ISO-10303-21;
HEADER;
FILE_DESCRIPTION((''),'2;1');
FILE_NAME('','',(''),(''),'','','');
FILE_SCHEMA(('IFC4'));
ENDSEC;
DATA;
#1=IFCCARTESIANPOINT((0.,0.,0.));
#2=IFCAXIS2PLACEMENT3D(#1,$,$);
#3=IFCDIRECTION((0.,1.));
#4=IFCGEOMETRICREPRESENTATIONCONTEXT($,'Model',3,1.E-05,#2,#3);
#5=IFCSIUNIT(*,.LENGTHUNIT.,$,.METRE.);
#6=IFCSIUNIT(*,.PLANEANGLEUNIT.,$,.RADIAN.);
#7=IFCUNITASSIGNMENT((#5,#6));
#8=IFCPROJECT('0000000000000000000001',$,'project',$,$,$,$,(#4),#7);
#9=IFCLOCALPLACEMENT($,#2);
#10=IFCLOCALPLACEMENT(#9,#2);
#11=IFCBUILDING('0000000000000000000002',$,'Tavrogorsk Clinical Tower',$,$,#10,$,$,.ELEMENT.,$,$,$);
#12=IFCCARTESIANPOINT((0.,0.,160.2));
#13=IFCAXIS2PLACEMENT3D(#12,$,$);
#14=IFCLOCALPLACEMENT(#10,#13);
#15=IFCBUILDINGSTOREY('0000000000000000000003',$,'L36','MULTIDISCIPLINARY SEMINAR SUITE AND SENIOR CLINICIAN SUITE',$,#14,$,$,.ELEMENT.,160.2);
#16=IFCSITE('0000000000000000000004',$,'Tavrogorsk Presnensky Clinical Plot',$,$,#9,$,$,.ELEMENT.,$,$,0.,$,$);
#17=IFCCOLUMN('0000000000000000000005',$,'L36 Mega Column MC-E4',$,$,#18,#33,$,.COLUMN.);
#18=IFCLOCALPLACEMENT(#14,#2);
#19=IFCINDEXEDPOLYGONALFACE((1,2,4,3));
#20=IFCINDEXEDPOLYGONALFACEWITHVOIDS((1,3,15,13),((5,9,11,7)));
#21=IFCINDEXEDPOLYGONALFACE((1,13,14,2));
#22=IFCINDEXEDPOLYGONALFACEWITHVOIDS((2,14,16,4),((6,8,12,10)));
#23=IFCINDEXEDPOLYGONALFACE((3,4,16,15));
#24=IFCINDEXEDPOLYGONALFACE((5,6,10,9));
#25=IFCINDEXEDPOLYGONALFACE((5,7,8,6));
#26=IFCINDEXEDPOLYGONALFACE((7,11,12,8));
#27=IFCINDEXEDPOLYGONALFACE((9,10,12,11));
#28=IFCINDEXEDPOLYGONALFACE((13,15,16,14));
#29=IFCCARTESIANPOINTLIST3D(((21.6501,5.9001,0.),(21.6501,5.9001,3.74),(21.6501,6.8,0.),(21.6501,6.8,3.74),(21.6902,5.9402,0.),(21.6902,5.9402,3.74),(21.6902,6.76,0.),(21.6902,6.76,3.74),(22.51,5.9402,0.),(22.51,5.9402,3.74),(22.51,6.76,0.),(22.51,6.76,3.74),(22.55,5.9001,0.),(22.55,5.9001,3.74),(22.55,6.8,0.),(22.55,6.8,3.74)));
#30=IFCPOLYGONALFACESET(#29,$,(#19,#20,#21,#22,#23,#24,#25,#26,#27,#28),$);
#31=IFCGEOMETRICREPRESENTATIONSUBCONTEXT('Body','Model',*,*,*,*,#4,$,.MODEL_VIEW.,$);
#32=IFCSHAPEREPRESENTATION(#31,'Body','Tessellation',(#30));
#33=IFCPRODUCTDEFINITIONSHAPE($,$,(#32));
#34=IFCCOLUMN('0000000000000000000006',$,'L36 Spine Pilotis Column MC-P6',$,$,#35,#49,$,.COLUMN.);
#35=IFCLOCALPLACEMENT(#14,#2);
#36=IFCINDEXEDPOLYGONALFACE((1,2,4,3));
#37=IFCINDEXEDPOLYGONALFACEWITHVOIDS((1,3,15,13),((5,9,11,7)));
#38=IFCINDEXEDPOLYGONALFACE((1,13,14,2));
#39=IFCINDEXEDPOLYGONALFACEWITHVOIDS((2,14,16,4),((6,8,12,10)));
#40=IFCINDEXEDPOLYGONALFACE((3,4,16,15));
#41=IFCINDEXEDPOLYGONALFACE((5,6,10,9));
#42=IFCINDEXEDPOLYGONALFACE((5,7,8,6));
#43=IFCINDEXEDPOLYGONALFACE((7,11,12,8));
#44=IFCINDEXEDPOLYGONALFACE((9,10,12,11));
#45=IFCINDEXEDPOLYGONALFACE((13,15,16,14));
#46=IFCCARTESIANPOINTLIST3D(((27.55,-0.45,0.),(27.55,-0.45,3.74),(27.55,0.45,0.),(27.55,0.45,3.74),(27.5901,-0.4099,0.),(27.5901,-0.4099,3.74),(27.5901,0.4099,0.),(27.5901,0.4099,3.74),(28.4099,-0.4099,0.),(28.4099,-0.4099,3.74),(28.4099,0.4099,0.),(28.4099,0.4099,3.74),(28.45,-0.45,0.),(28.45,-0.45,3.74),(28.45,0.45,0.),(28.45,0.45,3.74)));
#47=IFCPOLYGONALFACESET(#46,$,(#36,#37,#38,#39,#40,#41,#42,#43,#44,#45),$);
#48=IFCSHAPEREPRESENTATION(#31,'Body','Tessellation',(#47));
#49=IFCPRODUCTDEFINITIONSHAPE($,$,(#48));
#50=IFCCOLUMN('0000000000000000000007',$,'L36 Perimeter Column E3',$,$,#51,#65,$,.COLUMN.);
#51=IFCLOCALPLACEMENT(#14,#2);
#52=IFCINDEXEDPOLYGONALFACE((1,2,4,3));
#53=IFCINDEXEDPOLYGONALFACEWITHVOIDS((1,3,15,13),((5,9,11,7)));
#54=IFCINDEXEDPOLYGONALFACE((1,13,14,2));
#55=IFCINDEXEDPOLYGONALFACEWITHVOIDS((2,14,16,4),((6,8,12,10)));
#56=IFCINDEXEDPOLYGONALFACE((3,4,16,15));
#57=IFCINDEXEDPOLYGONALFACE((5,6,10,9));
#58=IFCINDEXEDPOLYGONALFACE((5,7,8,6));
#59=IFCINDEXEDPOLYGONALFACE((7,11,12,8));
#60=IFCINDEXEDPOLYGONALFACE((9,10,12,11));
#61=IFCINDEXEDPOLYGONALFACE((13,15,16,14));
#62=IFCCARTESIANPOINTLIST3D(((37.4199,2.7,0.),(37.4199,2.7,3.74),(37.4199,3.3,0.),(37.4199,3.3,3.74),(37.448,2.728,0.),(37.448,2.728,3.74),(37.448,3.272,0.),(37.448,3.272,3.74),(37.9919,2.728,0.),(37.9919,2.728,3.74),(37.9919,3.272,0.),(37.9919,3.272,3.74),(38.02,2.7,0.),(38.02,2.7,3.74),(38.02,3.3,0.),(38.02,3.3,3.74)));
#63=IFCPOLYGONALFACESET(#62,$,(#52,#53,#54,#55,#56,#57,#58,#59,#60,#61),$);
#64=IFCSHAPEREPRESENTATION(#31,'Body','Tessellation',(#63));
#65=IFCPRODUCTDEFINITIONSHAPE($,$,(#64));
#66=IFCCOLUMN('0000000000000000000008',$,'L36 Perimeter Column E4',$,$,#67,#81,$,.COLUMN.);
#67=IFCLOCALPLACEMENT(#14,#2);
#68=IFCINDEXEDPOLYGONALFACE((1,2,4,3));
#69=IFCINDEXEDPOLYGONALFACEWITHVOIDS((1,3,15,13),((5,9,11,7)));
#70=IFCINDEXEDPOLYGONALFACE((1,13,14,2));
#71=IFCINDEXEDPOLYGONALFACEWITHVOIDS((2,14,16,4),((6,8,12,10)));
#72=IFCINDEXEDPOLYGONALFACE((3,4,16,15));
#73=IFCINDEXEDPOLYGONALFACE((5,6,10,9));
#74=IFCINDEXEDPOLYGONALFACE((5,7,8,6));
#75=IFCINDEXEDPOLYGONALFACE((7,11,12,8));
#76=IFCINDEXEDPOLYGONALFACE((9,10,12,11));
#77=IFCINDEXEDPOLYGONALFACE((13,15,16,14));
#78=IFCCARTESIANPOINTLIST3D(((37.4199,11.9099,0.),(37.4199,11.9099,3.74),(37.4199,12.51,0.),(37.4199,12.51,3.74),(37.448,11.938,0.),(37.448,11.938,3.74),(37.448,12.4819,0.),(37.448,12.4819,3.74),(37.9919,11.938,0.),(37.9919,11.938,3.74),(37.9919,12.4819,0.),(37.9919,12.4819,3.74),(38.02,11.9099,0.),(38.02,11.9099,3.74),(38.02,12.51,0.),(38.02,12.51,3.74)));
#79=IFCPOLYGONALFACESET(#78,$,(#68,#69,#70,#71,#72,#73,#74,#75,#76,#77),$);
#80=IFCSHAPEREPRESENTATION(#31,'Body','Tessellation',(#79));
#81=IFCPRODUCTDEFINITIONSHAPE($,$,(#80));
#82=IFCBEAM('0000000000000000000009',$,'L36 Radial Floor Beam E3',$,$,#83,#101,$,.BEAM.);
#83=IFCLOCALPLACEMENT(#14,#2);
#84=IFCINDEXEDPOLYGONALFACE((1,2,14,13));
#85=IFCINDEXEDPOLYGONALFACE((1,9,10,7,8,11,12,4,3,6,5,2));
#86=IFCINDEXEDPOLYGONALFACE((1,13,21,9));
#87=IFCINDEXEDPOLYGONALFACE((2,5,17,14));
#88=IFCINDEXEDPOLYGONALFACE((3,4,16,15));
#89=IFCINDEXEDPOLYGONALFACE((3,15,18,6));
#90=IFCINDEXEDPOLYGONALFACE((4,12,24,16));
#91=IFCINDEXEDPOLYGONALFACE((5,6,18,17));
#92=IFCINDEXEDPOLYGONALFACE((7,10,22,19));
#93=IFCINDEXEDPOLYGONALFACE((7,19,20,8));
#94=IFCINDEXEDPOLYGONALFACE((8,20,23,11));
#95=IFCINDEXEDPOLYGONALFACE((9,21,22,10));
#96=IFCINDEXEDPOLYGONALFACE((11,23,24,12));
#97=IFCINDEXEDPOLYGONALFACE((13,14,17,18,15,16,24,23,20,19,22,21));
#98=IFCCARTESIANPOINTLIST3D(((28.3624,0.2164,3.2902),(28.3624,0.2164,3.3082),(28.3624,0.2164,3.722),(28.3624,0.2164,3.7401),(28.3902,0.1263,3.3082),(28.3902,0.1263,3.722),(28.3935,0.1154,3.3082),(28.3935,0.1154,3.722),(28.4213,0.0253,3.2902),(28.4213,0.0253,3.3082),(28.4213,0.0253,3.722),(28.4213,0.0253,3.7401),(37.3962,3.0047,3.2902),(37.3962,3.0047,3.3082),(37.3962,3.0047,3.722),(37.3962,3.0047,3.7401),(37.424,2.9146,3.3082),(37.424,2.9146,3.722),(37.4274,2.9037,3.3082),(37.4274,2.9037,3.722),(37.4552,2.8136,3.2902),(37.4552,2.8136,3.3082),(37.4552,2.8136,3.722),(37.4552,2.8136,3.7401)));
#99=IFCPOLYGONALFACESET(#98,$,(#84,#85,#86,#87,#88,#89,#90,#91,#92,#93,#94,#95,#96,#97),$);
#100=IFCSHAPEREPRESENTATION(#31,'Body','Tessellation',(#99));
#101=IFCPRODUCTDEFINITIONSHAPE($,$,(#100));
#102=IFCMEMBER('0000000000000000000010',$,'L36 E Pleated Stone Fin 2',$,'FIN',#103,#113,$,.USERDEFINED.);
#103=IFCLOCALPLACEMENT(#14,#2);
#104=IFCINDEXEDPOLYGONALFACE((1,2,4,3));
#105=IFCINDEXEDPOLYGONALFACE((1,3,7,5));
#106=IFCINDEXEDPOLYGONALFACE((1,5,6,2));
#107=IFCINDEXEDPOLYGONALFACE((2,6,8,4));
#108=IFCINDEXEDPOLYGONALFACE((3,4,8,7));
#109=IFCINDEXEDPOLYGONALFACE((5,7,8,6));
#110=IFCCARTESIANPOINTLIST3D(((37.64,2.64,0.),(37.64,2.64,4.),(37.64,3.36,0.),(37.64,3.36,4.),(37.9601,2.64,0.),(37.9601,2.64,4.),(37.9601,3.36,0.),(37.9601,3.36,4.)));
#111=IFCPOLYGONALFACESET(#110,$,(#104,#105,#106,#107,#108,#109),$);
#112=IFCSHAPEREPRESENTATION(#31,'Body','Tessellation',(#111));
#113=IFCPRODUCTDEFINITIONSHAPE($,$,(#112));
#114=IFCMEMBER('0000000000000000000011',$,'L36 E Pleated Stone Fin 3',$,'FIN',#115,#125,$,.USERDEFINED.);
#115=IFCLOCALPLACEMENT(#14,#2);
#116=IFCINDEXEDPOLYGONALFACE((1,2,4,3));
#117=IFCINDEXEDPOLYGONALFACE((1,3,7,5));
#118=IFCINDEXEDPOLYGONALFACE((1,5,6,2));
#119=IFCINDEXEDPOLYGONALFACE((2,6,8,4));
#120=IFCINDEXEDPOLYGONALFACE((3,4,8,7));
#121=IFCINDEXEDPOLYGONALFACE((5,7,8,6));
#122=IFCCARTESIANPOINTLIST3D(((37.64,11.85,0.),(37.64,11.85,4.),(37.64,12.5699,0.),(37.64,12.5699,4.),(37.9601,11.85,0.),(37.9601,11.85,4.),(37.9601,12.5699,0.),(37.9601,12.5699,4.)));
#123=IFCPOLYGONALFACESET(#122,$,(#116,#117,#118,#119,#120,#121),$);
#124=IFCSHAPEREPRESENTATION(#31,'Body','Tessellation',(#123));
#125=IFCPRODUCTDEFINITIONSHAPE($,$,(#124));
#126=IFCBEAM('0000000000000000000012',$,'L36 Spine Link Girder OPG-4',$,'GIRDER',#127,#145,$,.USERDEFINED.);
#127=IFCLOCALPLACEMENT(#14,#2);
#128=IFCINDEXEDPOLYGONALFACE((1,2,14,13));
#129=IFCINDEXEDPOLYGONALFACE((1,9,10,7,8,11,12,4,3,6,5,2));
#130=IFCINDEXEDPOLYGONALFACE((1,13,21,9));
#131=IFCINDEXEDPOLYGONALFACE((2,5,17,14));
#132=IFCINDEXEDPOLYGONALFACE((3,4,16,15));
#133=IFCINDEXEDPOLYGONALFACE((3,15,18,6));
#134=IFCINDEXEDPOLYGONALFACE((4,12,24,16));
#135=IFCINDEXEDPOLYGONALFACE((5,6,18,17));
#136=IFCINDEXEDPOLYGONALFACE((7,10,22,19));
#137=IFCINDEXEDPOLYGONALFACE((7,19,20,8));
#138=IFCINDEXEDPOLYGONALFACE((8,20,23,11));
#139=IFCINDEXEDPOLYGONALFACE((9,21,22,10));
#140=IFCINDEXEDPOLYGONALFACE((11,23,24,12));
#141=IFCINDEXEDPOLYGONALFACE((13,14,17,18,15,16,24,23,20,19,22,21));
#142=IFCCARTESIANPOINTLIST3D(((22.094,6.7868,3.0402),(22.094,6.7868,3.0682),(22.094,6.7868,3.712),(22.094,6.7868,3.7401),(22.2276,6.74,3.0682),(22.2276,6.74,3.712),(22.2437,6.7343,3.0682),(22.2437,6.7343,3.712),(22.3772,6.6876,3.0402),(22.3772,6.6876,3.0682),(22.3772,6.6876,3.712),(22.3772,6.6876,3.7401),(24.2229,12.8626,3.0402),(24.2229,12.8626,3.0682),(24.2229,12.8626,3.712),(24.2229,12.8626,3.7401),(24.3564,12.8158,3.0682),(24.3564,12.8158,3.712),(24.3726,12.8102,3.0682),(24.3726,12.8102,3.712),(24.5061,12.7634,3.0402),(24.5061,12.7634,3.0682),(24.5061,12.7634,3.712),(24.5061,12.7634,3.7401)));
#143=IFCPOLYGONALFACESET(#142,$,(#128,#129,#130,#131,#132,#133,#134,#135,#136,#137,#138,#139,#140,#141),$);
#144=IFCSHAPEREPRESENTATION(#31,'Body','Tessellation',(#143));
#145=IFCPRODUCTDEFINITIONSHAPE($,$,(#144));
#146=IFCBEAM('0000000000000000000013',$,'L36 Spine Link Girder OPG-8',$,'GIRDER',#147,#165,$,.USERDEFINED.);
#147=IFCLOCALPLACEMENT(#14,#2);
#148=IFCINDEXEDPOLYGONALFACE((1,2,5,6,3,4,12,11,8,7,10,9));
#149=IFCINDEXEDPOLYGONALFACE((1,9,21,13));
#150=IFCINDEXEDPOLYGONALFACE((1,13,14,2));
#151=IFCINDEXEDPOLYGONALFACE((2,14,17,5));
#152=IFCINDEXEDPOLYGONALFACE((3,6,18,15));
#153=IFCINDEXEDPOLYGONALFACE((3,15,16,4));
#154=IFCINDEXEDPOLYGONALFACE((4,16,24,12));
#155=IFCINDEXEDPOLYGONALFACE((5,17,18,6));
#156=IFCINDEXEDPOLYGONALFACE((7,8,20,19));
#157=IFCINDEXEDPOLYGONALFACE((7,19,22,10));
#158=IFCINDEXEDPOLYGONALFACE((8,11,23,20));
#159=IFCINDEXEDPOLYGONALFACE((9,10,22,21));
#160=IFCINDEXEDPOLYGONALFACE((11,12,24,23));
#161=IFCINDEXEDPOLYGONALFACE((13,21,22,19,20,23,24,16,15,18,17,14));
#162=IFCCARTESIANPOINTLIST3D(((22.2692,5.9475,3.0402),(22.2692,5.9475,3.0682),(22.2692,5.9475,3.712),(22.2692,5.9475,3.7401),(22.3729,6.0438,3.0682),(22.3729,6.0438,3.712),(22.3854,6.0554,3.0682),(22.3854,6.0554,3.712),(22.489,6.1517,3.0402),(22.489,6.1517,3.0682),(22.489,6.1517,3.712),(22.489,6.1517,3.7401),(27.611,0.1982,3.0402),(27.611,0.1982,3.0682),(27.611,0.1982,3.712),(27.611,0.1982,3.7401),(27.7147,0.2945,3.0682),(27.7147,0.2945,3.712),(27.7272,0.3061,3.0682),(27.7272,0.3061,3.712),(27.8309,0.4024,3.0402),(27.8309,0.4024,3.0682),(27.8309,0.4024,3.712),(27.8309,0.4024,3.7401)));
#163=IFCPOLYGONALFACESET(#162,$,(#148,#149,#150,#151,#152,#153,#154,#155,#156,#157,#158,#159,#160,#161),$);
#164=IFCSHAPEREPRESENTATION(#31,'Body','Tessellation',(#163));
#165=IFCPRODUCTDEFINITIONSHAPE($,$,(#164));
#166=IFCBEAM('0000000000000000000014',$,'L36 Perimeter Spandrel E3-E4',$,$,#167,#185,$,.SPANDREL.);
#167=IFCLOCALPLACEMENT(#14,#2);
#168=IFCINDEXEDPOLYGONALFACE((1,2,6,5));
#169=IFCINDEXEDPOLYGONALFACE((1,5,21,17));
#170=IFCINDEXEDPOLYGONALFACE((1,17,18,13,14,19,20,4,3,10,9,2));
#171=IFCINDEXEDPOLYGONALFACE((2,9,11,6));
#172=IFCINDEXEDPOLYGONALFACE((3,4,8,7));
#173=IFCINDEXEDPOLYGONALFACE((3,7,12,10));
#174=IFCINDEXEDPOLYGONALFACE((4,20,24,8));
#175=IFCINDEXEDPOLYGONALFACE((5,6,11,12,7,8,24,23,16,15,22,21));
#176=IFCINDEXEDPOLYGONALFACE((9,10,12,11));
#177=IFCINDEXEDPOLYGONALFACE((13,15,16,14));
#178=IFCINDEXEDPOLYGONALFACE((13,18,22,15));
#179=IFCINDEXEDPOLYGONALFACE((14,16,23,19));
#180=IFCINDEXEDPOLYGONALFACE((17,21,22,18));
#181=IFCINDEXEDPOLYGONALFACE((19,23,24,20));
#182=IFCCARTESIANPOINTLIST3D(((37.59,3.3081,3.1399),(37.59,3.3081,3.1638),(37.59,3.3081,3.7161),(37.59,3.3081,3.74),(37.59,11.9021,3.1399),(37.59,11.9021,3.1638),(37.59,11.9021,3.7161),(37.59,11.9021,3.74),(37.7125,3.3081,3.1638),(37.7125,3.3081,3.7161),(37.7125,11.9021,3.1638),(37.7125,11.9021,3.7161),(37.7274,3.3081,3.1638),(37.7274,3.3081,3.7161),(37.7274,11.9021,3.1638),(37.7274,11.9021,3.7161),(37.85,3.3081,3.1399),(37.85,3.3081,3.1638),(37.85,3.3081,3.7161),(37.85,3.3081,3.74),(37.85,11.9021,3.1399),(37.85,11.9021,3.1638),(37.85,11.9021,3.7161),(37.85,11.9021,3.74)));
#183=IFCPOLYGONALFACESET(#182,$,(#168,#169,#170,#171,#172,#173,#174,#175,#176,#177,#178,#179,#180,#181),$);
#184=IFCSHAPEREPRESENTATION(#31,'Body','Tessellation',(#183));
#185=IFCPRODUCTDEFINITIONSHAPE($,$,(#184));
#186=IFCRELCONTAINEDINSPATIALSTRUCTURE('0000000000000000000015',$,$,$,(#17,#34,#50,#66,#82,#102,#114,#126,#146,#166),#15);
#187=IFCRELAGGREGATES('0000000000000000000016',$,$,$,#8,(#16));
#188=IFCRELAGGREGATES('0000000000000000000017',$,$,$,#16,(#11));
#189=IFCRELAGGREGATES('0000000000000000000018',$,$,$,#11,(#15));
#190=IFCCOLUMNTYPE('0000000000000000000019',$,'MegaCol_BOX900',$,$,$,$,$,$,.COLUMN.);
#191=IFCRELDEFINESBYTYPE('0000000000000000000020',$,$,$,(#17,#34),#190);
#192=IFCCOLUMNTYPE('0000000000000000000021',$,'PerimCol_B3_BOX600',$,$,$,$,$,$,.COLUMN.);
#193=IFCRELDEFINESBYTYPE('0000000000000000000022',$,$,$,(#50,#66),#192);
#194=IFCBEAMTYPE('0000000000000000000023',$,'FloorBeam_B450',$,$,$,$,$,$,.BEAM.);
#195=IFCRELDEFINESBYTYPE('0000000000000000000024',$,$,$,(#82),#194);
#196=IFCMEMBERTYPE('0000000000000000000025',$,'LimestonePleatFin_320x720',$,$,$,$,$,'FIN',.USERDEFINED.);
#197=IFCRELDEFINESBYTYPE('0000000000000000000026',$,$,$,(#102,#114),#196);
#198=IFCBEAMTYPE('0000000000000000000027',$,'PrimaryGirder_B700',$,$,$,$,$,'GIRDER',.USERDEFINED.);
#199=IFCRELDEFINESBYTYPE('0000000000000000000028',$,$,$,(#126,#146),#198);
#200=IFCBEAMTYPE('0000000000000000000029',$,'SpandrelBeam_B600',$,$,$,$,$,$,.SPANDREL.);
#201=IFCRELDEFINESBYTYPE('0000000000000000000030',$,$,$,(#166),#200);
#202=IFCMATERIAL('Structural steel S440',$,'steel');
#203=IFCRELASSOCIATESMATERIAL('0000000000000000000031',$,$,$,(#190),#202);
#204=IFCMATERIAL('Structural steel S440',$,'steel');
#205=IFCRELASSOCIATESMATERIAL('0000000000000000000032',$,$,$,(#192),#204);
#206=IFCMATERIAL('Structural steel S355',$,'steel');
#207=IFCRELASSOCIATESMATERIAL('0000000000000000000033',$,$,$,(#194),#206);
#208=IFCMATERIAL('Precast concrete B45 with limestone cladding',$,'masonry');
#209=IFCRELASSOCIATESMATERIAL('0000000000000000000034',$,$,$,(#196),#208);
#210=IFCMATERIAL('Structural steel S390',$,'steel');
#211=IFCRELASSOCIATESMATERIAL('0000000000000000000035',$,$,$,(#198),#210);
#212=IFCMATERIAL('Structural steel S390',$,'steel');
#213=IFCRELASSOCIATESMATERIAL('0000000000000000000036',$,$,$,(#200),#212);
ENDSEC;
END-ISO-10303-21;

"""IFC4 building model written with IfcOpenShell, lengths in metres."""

from ifc_helpers import new_model, si_unit, direction, frame, origin, origin_2d, place, context, subcontext, project, spatial, rectangle, hollow_rectangle, i_section, extrude, material, material_profile, profile_set, type_object, element, save


model = new_model("IFC4")

# Units and contexts
model_context = context("Model", 3, precision=1e-05, world=origin(), true_north=direction((0.0, 1.0)))
body_context = subcontext(model_context, "Body", "Model", "MODEL_VIEW")
ifc_project = project(units=[si_unit("LENGTHUNIT", "METRE"), si_unit("PLANEANGLEUNIT", "RADIAN")], contexts=[model_context])

# Site, building, storey
site_placement = place(None, origin())
site = spatial("IfcSite", under=ifc_project, at=site_placement, Name="Tavrogorsk Presnensky Clinical Plot", CompositionType="ELEMENT", RefElevation=0.0)
building_placement = place(site_placement, origin())
building = spatial("IfcBuilding", under=site, at=building_placement, Name="Tavrogorsk Clinical Tower", CompositionType="ELEMENT")
storey_placement = place(building_placement, frame((0.0, 0.0, 160.2)))
storey = spatial("IfcBuildingStorey", under=building, at=storey_placement, Name="L36", Description="MULTIDISCIPLINARY SEMINAR SUITE AND SENIOR CLINICIAN SUITE", CompositionType="ELEMENT", Elevation=160.2)

# Columns
ifc_material_1 = material(Name="Structural steel S440", Category="steel")
ifc_material_profile_1 = material_profile(ifc_material_1, hollow_rectangle(XDim=0.8999, YDim=0.8999, WallThickness=0.04, at=origin_2d()), Name="BOX-900x900x40")
ifc_profile_set_1 = profile_set([ifc_material_profile_1], Name="Structural steel S440")
column_type_1 = type_object("IfcColumnType", Name="MegaCol_BOX900", PredefinedType="COLUMN", material=ifc_profile_set_1)
for number, where, z_axis, x_axis, name in (
    (1, (22.1001, 6.3501, 0.0), (0.0, 0.0, 1.0), (1.0, 0.0, 0.0), "L36 Mega Column MC-E4"),
    (2, (28.0, 0.0, 0.0), (0.0, 0.0, 1.0), (1.0, 0.0, 0.0), "L36 Spine Pilotis Column MC-P6"),
):
    element("IfcColumn", number, at=place(storey_placement, frame(where, z_axis=z_axis, x_axis=x_axis)), inside=storey, type_object=column_type_1, Name=name, PredefinedType="COLUMN", context=body_context, shape_type="SweptSolid", body=[
        extrude(hollow_rectangle(XDim=0.8999, YDim=0.8999, WallThickness=0.04, at=origin_2d()), origin(), (0.0, 0.0, 1.0), 3.74),
    ])
ifc_material_2 = material(Name="Structural steel S440", Category="steel")
ifc_material_profile_2 = material_profile(ifc_material_2, hollow_rectangle(XDim=0.6001, YDim=0.6001, WallThickness=0.0281, at=origin_2d()), Name="BOX-600x600x28")
ifc_profile_set_2 = profile_set([ifc_material_profile_2], Name="Structural steel S440")
column_type_2 = type_object("IfcColumnType", Name="PerimCol_B3_BOX600", PredefinedType="COLUMN", material=ifc_profile_set_2)
for number, where, z_axis, x_axis, name in (
    (3, (37.72, 3.0, 0.0), (0.0, 0.0, 1.0), (1.0, 0.0, 0.0), "L36 Perimeter Column E3"),
    (4, (37.72, 12.21, 0.0), (0.0, 0.0, 1.0), (1.0, 0.0, 0.0), "L36 Perimeter Column E4"),
):
    element("IfcColumn", number, at=place(storey_placement, frame(where, z_axis=z_axis, x_axis=x_axis)), inside=storey, type_object=column_type_2, Name=name, PredefinedType="COLUMN", context=body_context, shape_type="SweptSolid", body=[
        extrude(hollow_rectangle(XDim=0.6001, YDim=0.6001, WallThickness=0.0281, at=origin_2d()), origin(), (0.0, 0.0, 1.0), 3.74),
    ])

# Beam
ifc_material_3 = material(Name="Structural steel S355", Category="steel")
ifc_material_profile_3 = material_profile(ifc_material_3, i_section(OverallWidth=0.2, OverallDepth=0.45, WebThickness=0.0115, FlangeThickness=0.0181, at=origin_2d()), Name="B-450x200x11.5x18")
ifc_profile_set_3 = profile_set([ifc_material_profile_3], Name="Structural steel S355")
beam_type_1 = type_object("IfcBeamType", Name="FloorBeam_B450", PredefinedType="BEAM", material=ifc_profile_set_3)
beam_1_placement = place(storey_placement, frame((28.3918, 0.1208, 3.5151), z_axis=(0.955521, 0.294922, 0.0), x_axis=(-0.294922, 0.955521, 0.0)))
element("IfcBeam", 5, at=beam_1_placement, inside=storey, type_object=beam_type_1, Name="L36 Radial Floor Beam E3", PredefinedType="BEAM", context=body_context, shape_type="SweptSolid", body=[
    extrude(i_section(OverallWidth=0.2, OverallDepth=0.45, WebThickness=0.0115, FlangeThickness=0.0181, at=origin_2d()), origin(), (0.0, 0.0, 1.0), 9.4543),
])

# Members
ifc_material_4 = material(Name="Precast concrete B45 with limestone cladding", Category="masonry")
ifc_material_profile_4 = material_profile(ifc_material_4, rectangle(XDim=0.3201, YDim=0.72, at=origin_2d()), Name="LIMESTONE-FIN-320x720")
ifc_profile_set_4 = profile_set([ifc_material_profile_4], Name="Precast concrete B45 with limestone cladding")
member_type = type_object("IfcMemberType", Name="LimestonePleatFin_320x720", ElementType="FIN", PredefinedType="USERDEFINED", material=ifc_profile_set_4)
for number, where, z_axis, x_axis, name in (
    (6, (37.8, 3.0, 0.0), (0.0, 0.0, 1.0), (1.0, 0.0, 0.0), "L36 E Pleated Stone Fin 2"),
    (7, (37.8, 12.21, 0.0), (0.0, 0.0, 1.0), (1.0, 0.0, 0.0), "L36 E Pleated Stone Fin 3"),
):
    element("IfcMember", number, at=place(storey_placement, frame(where, z_axis=z_axis, x_axis=x_axis)), inside=storey, type_object=member_type, Name=name, ObjectType="FIN", PredefinedType="USERDEFINED", context=body_context, shape_type="SweptSolid", body=[
        extrude(rectangle(XDim=0.3201, YDim=0.72, at=origin_2d()), origin(), (0.0, 0.0, 1.0), 4.0),
    ])

# Beams
ifc_material_5 = material(Name="Structural steel S390", Category="steel")
ifc_material_profile_5 = material_profile(ifc_material_5, i_section(OverallWidth=0.3, OverallDepth=0.7, WebThickness=0.0171, FlangeThickness=0.0281, at=origin_2d()), Name="B-700x300x17x28")
ifc_profile_set_5 = profile_set([ifc_material_profile_5], Name="Structural steel S390")
beam_type_2 = type_object("IfcBeamType", Name="PrimaryGirder_B700", ElementType="GIRDER", PredefinedType="USERDEFINED", material=ifc_profile_set_5)
beam_2_placement = place(storey_placement, frame((24.3645, 12.813, 3.3901), z_axis=(-0.330673, -0.943745, 0.0), x_axis=(0.943745, -0.330673, 0.0)))
element("IfcBeam", 8, at=beam_2_placement, inside=storey, type_object=beam_type_2, Name="L36 Spine Link Girder OPG-4", ObjectType="GIRDER", PredefinedType="USERDEFINED", context=body_context, shape_type="SweptSolid", body=[
    extrude(i_section(OverallWidth=0.3, OverallDepth=0.7, WebThickness=0.0171, FlangeThickness=0.0281, at=origin_2d()), origin(), (0.0, 0.0, 1.0), 6.438),
])
beam_3_placement = place(storey_placement, frame((27.7209, 0.3003, 3.3901), z_axis=(-0.680669, 0.732591, 0.0), x_axis=(-0.732591, -0.680669, 0.0)))
element("IfcBeam", 9, at=beam_3_placement, inside=storey, type_object=beam_type_2, Name="L36 Spine Link Girder OPG-8", ObjectType="GIRDER", PredefinedType="USERDEFINED", context=body_context, shape_type="SweptSolid", body=[
    extrude(i_section(OverallWidth=0.3, OverallDepth=0.7, WebThickness=0.0171, FlangeThickness=0.0281, at=origin_2d()), origin(), (0.0, 0.0, 1.0), 7.8479),
])
ifc_material_6 = material(Name="Structural steel S390", Category="steel")
ifc_material_profile_6 = material_profile(ifc_material_6, i_section(OverallWidth=0.26, OverallDepth=0.6001, WebThickness=0.0149, FlangeThickness=0.0239, at=origin_2d()), Name="B-600x260x15x24")
ifc_profile_set_6 = profile_set([ifc_material_profile_6], Name="Structural steel S390")
beam_type_3 = type_object("IfcBeamType", Name="SpandrelBeam_B600", PredefinedType="SPANDREL", material=ifc_profile_set_6)
for number, where, z_axis, x_axis, name in (
    (10, (37.72, 3.3081, 3.4399), (0.0, 1.0, 0.0), (-1.0, 0.0, 0.0), "L36 Perimeter Spandrel E3-E4"),
):
    element("IfcBeam", number, at=place(storey_placement, frame(where, z_axis=z_axis, x_axis=x_axis)), inside=storey, type_object=beam_type_3, Name=name, PredefinedType="SPANDREL", context=body_context, shape_type="SweptSolid", body=[
        extrude(i_section(OverallWidth=0.26, OverallDepth=0.6001, WebThickness=0.0149, FlangeThickness=0.0239, at=origin_2d()), origin(), (0.0, 0.0, 1.0), 8.594),
    ])

save(model, "model.ifc")
